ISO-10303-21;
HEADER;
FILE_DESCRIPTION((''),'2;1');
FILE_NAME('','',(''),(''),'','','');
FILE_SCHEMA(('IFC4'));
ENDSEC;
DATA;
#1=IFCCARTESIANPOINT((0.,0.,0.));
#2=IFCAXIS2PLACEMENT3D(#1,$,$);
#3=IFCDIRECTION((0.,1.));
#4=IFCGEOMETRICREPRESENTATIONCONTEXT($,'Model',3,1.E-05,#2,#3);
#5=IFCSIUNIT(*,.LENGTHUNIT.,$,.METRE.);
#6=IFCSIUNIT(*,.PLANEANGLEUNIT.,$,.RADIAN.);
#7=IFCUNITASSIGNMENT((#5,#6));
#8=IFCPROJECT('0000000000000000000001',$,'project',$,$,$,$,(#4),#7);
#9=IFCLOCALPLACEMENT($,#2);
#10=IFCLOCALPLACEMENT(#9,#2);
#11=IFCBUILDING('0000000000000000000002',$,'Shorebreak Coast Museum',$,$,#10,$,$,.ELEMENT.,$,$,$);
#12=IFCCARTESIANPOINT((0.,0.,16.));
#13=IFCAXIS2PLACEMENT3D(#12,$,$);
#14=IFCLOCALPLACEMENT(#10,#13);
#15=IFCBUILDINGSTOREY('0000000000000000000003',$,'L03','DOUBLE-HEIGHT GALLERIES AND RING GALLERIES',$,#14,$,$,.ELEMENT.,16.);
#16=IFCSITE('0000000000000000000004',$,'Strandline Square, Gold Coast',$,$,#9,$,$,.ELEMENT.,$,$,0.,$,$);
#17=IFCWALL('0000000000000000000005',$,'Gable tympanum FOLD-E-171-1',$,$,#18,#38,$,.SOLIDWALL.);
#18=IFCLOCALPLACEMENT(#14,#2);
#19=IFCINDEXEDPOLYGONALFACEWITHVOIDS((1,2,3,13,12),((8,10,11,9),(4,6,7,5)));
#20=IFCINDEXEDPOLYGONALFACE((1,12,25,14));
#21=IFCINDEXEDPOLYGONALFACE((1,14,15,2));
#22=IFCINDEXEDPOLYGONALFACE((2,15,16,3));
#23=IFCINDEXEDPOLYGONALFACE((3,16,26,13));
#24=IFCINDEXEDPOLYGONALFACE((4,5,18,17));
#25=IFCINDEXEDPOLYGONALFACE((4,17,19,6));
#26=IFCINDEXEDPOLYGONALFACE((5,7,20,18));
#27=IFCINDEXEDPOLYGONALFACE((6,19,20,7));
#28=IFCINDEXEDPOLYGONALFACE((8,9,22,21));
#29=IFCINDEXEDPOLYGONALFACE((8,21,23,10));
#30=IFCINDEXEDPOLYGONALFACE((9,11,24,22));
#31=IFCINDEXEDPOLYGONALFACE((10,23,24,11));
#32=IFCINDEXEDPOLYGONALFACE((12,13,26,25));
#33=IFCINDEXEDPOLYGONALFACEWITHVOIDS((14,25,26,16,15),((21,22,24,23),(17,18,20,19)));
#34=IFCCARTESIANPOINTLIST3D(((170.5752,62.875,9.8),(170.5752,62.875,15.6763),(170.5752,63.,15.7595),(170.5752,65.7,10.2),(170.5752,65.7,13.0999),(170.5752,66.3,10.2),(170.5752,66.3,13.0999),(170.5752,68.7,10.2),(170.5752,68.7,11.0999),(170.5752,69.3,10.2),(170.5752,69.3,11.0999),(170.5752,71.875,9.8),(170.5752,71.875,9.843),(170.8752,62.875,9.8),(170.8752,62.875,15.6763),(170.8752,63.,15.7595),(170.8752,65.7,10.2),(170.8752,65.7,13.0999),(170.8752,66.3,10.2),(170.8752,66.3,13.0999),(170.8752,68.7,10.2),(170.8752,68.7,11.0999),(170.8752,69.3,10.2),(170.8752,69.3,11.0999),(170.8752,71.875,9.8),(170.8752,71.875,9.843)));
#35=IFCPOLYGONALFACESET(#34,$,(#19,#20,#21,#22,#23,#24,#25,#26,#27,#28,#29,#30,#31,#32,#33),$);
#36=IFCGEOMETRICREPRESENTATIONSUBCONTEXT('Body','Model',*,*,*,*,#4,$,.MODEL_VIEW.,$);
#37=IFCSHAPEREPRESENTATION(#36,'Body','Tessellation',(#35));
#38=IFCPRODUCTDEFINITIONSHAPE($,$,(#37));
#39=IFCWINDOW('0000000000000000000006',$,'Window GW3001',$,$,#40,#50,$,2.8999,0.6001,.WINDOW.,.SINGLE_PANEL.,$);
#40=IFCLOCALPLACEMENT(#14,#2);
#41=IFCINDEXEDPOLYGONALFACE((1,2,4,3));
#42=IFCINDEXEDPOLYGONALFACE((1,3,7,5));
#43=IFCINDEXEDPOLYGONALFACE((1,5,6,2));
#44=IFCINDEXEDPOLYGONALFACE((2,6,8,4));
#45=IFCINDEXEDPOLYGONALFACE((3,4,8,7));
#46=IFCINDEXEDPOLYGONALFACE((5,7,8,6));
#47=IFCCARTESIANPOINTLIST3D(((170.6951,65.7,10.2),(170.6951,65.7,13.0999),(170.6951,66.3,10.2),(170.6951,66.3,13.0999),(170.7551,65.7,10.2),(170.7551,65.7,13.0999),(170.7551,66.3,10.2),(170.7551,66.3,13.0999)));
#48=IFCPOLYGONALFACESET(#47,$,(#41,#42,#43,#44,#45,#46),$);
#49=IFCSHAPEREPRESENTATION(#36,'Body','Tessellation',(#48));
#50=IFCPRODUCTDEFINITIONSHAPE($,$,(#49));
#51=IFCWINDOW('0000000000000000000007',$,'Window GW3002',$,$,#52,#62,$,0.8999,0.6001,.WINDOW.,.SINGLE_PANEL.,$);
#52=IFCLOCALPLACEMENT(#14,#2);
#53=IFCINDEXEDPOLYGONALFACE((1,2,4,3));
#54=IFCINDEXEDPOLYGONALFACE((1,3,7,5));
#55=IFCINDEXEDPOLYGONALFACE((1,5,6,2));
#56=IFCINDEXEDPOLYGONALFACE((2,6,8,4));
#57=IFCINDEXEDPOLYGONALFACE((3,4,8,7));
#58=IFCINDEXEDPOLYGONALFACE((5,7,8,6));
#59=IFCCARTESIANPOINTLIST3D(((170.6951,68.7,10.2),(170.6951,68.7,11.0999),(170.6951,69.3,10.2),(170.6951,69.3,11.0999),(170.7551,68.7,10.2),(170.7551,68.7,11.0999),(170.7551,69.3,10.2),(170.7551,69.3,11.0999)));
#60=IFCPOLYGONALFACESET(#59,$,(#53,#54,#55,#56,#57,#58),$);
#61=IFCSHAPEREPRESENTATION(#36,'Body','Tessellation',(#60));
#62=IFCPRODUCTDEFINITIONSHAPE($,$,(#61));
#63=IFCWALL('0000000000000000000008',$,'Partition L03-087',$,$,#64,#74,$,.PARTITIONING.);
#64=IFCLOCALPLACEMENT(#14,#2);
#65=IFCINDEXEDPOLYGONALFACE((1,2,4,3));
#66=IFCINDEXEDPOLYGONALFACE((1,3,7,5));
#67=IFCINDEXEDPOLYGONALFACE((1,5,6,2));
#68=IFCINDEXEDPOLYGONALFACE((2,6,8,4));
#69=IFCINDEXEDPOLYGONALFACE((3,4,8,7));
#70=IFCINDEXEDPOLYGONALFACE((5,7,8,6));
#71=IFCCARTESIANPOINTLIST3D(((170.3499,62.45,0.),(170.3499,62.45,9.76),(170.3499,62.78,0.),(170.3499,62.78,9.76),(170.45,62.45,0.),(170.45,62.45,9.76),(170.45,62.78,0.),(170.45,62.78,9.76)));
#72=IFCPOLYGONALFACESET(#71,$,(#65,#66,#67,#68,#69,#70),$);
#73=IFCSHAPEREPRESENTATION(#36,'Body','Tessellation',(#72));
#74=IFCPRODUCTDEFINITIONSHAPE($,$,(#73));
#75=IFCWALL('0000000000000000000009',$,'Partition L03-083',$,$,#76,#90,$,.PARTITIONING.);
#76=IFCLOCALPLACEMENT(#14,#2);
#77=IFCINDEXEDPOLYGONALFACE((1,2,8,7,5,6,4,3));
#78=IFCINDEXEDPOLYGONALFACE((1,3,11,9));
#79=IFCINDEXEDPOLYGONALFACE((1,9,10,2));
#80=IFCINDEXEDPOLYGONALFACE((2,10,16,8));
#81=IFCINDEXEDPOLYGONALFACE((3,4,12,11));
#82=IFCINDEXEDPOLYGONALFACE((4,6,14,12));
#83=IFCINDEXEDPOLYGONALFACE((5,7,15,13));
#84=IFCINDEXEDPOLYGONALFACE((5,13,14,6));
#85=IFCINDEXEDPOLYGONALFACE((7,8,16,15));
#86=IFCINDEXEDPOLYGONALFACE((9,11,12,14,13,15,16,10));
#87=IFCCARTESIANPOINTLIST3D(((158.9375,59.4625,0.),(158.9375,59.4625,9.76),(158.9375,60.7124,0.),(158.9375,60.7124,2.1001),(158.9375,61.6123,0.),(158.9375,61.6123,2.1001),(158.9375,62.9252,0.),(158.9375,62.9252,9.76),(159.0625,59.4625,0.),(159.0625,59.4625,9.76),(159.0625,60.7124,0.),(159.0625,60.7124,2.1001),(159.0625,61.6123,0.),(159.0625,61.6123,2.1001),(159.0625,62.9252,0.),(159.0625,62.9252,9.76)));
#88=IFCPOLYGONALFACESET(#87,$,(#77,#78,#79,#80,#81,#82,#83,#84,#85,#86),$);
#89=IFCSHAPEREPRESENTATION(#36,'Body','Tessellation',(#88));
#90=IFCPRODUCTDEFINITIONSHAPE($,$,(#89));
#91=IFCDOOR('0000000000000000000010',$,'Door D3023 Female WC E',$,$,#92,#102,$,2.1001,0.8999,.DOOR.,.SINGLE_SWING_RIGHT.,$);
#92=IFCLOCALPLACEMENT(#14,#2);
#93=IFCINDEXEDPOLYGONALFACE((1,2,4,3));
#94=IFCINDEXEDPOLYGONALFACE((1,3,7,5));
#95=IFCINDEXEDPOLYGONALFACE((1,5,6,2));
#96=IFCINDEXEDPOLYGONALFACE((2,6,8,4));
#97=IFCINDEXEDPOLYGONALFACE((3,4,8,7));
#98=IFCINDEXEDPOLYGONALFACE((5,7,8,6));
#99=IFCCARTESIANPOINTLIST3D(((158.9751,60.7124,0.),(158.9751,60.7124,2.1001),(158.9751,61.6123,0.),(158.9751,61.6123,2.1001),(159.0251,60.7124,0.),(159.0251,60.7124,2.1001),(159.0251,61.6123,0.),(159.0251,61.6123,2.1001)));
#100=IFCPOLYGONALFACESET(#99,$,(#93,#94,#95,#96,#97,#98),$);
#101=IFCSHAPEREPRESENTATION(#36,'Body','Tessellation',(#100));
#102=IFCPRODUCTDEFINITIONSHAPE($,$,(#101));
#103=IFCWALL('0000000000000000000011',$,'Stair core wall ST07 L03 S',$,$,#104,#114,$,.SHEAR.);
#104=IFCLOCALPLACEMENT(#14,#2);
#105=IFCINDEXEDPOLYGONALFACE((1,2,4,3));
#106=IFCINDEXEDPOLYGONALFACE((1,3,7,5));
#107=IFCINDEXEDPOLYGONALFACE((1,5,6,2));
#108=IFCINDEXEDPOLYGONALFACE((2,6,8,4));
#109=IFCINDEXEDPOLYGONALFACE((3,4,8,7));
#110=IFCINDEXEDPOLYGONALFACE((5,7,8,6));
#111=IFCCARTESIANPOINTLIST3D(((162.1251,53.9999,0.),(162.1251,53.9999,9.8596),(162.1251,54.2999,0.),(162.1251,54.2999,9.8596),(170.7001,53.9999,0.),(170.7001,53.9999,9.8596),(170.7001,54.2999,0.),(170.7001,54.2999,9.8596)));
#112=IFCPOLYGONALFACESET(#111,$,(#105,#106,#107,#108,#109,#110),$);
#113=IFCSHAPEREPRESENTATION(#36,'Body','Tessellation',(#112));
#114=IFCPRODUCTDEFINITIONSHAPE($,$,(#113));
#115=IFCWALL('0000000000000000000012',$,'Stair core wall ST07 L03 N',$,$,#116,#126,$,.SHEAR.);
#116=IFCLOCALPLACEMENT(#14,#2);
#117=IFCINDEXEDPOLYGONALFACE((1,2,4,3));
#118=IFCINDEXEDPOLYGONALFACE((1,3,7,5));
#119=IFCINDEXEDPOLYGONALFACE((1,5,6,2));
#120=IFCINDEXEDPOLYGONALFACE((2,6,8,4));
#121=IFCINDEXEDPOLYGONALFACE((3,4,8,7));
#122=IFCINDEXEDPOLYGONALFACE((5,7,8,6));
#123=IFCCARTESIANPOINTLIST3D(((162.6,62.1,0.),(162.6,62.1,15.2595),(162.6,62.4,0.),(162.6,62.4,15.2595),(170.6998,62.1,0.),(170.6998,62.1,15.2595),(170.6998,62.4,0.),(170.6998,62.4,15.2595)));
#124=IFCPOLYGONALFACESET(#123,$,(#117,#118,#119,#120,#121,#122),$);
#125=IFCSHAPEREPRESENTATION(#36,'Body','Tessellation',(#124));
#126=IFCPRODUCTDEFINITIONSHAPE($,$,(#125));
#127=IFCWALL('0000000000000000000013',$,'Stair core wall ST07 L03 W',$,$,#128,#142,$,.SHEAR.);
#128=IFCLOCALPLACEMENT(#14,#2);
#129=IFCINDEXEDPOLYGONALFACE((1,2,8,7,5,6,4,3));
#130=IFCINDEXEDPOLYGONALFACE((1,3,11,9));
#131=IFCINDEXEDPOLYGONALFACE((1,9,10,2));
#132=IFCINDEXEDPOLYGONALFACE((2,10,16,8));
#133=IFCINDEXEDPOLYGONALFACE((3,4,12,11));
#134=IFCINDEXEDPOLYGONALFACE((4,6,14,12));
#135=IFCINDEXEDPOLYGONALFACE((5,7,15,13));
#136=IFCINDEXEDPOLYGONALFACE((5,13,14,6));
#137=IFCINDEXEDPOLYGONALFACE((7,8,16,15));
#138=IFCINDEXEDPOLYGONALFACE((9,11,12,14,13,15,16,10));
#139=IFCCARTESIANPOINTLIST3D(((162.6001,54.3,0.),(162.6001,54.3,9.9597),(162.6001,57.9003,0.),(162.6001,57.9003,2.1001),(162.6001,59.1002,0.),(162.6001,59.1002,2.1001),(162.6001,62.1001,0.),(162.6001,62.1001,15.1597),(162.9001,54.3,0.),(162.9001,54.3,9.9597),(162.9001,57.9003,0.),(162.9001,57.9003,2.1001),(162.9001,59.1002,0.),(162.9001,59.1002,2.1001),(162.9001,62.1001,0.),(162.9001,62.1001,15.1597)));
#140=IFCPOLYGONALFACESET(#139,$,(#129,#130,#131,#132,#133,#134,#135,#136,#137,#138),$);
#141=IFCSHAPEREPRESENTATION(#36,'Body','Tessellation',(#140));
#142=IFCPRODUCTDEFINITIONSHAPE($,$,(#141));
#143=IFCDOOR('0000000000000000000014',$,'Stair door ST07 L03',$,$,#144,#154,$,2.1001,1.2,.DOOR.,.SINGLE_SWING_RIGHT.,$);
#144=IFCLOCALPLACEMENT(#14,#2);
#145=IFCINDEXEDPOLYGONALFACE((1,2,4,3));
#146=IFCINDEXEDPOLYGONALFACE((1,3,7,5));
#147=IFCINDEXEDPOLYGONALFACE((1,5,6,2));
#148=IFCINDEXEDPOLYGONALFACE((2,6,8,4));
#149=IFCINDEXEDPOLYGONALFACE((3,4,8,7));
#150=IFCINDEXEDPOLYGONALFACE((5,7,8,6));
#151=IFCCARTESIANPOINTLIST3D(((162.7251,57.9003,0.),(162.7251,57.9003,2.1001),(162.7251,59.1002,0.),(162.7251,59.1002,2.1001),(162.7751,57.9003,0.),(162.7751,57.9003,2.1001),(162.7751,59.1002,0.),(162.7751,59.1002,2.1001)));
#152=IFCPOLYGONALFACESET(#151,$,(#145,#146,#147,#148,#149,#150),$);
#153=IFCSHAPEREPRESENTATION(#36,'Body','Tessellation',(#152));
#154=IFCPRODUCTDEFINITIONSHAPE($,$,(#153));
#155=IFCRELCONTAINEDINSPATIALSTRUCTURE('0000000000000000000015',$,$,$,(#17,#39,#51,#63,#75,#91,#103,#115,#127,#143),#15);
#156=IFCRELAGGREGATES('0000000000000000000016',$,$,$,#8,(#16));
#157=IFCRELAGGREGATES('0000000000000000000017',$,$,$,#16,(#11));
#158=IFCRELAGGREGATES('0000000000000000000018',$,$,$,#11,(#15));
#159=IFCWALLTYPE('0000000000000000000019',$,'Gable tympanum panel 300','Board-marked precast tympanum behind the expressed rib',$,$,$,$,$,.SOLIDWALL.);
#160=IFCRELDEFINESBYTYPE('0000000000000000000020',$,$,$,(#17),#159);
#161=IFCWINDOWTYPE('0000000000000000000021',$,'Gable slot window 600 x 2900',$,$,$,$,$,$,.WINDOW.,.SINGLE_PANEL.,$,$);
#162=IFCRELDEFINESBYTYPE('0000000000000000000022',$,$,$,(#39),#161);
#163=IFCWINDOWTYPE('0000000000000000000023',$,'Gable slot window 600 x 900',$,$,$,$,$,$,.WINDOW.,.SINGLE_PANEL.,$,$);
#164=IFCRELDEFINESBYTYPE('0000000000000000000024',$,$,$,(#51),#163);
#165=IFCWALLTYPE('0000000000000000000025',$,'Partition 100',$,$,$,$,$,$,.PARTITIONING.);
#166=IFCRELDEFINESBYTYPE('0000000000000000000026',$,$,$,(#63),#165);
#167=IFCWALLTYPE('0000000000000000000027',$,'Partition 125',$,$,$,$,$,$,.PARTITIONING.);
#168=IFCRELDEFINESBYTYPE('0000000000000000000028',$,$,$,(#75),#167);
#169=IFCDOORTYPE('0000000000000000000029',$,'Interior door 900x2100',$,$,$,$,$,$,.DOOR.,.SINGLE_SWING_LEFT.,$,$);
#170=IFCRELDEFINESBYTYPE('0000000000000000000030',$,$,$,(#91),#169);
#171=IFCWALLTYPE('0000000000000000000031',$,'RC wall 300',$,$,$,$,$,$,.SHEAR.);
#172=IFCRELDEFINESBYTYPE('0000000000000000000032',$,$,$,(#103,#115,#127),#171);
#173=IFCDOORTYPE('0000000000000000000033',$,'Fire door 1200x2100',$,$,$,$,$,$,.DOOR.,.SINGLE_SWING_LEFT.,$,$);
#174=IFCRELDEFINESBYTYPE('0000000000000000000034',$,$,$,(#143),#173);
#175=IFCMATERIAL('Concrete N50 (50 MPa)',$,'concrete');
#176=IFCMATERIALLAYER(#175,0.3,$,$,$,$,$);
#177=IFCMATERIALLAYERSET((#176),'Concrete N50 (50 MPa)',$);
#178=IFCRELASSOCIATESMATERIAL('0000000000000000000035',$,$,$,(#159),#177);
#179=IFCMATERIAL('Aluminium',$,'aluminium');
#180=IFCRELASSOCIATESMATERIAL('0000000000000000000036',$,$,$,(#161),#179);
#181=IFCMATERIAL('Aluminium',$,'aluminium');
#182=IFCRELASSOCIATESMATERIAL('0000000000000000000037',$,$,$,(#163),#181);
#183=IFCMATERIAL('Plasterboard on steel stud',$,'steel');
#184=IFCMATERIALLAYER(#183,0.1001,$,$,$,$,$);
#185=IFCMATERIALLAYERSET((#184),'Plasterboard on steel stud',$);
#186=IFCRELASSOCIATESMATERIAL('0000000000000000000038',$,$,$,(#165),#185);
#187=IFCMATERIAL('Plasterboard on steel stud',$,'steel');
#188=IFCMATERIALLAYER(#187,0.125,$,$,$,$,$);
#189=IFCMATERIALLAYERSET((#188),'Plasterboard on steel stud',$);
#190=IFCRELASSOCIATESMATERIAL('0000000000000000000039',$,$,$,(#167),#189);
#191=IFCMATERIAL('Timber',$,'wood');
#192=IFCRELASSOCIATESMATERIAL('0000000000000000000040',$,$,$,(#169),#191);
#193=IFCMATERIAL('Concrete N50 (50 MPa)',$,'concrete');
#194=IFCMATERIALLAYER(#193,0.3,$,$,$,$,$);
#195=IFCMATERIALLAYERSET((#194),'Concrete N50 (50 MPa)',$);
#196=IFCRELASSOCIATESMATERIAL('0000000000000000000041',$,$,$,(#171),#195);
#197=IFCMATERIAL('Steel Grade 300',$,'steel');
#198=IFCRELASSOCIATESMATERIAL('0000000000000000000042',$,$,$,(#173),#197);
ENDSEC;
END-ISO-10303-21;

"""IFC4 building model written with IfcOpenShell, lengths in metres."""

from ifc_helpers import new_model, si_unit, direction, frame, frame_2d, origin, place, context, subcontext, project, spatial, polyline, rectangle, outline, extrude, material, layer, layer_set, type_object, element, fill, save


model = new_model("IFC4")

# Units and contexts
model_context = context("Model", 3, precision=1e-05, world=origin(), true_north=direction((0.0, 1.0)))
body_context = subcontext(model_context, "Body", "Model", "MODEL_VIEW")
ifc_project = project(units=[si_unit("LENGTHUNIT", "METRE"), si_unit("PLANEANGLEUNIT", "RADIAN")], contexts=[model_context])

# Site, building, storey
site_placement = place(None, origin())
site = spatial("IfcSite", under=ifc_project, at=site_placement, Name="Strandline Square, Gold Coast", CompositionType="ELEMENT", RefElevation=0.0)
building_placement = place(site_placement, origin())
building = spatial("IfcBuilding", under=site, at=building_placement, Name="Shorebreak Coast Museum", CompositionType="ELEMENT")
storey_placement = place(building_placement, frame((0.0, 0.0, 16.0)))
storey = spatial("IfcBuildingStorey", under=building, at=storey_placement, Name="L03", Description="DOUBLE-HEIGHT GALLERIES AND RING GALLERIES", CompositionType="ELEMENT", Elevation=16.0)

# Wall, openings, windows
ifc_material_1 = material(Name="Concrete N50 (50 MPa)", Category="concrete")
ifc_layer_1 = layer(ifc_material_1, 0.3)
ifc_layer_set_1 = layer_set([ifc_layer_1], Name="Concrete N50 (50 MPa)")
wall_type_1 = type_object("IfcWallType", Name="Gable tympanum panel 300", Description="Board-marked precast tympanum behind the expressed rib", PredefinedType="SOLIDWALL", material=ifc_layer_set_1)
wall_1_placement = place(storey_placement, frame((170.7251, 62.875, 9.8), z_axis=(0.0, 0.0, 1.0), x_axis=(0.0, 1.0, 0.0)))
wall_1 = element("IfcWall", 1, at=wall_1_placement, inside=storey, type_object=wall_type_1, Name="Gable tympanum FOLD-E-171-1", PredefinedType="SOLIDWALL", context=body_context, shape_type="SweptSolid", body=[
    extrude(outline(polyline([(0.0, 0.0), (9.0, 0.0), (9.0, 0.043), (0.125, 5.9595), (0.0, 5.8762), (0.0, 0.0)])), frame((0.0, 0.1499, 0.0), z_axis=(0.0, -1.0, 0.0), x_axis=(1.0, 0.0, 0.0)), (0.0, 0.0, 1.0), 0.3),
])
opening_1_placement = place(wall_1_placement, frame((2.825, 0.0, 0.3999)))
opening_1 = element("IfcOpeningElement", 2, at=opening_1_placement, cuts=wall_1, PredefinedType="OPENING", context=body_context, shape_type="SweptSolid", body=[
    extrude(rectangle(XDim=0.6001, YDim=2.8999, at=frame_2d((0.3, 1.45))), frame((0.0, 0.1599, 0.0), z_axis=(0.0, -1.0, 0.0), x_axis=(1.0, 0.0, 0.0)), (0.0, 0.0, 1.0), 0.3201),
])
opening_2_placement = place(wall_1_placement, frame((5.825, 0.0, 0.3999)))
opening_2 = element("IfcOpeningElement", 3, at=opening_2_placement, cuts=wall_1, PredefinedType="OPENING", context=body_context, shape_type="SweptSolid", body=[
    extrude(rectangle(XDim=0.6001, YDim=0.8999, at=frame_2d((0.3, 0.45))), frame((0.0, 0.1599, 0.0), z_axis=(0.0, -1.0, 0.0), x_axis=(1.0, 0.0, 0.0)), (0.0, 0.0, 1.0), 0.3201),
])
ifc_material_2 = material(Name="Aluminium", Category="aluminium")
window_type_1 = type_object("IfcWindowType", Name="Gable slot window 600 x 2900", PartitioningType="SINGLE_PANEL", PredefinedType="WINDOW", material=ifc_material_2)
window_1_placement = place(opening_1_placement, origin())
window_1 = element("IfcWindow", 4, at=window_1_placement, inside=storey, type_object=window_type_1, Name="Window GW3001", OverallHeight=2.8999, OverallWidth=0.6001, PartitioningType="SINGLE_PANEL", PredefinedType="WINDOW", context=body_context, shape_type="SweptSolid", body=[
    extrude(rectangle(XDim=0.6001, YDim=2.8999, at=frame_2d((0.3, 1.45))), frame((0.0, 0.03, 0.0), z_axis=(0.0, -1.0, 0.0), x_axis=(1.0, 0.0, 0.0)), (0.0, 0.0, 1.0), 0.0601),
])
fill(opening_1, window_1)
ifc_material_3 = material(Name="Aluminium", Category="aluminium")
window_type_2 = type_object("IfcWindowType", Name="Gable slot window 600 x 900", PartitioningType="SINGLE_PANEL", PredefinedType="WINDOW", material=ifc_material_3)
window_2_placement = place(opening_2_placement, origin())
window_2 = element("IfcWindow", 5, at=window_2_placement, inside=storey, type_object=window_type_2, Name="Window GW3002", OverallHeight=0.8999, OverallWidth=0.6001, PartitioningType="SINGLE_PANEL", PredefinedType="WINDOW", context=body_context, shape_type="SweptSolid", body=[
    extrude(rectangle(XDim=0.6001, YDim=0.8999, at=frame_2d((0.3, 0.45))), frame((0.0, 0.03, 0.0), z_axis=(0.0, -1.0, 0.0), x_axis=(1.0, 0.0, 0.0)), (0.0, 0.0, 1.0), 0.0601),
])
fill(opening_2, window_2)

# Wall
ifc_material_4 = material(Name="Plasterboard on steel stud", Category="steel")
ifc_layer_2 = layer(ifc_material_4, 0.1001)
ifc_layer_set_2 = layer_set([ifc_layer_2], Name="Plasterboard on steel stud")
wall_type_2 = type_object("IfcWallType", Name="Partition 100", PredefinedType="PARTITIONING", material=ifc_layer_set_2)
wall_2_placement = place(storey_placement, frame((170.3999, 62.45, 0.0), z_axis=(0.0, 0.0, 1.0), x_axis=(0.0, 1.0, 0.0)))
element("IfcWall", 6, at=wall_2_placement, inside=storey, type_object=wall_type_2, Name="Partition L03-087", PredefinedType="PARTITIONING", context=body_context, shape_type="SweptSolid", body=[
    extrude(rectangle(XDim=0.3301, YDim=0.1001, at=frame_2d((0.165, 0.0))), origin(), (0.0, 0.0, 1.0), 9.76),
])

# Wall, opening, door
ifc_material_5 = material(Name="Plasterboard on steel stud", Category="steel")
ifc_layer_3 = layer(ifc_material_5, 0.125)
ifc_layer_set_3 = layer_set([ifc_layer_3], Name="Plasterboard on steel stud")
wall_type_3 = type_object("IfcWallType", Name="Partition 125", PredefinedType="PARTITIONING", material=ifc_layer_set_3)
wall_3_placement = place(storey_placement, frame((159.0, 59.4624, 0.0), z_axis=(0.0, 0.0, 1.0), x_axis=(0.0, 1.0, 0.0)))
wall_3 = element("IfcWall", 7, at=wall_3_placement, inside=storey, type_object=wall_type_3, Name="Partition L03-083", PredefinedType="PARTITIONING", context=body_context, shape_type="SweptSolid", body=[
    extrude(rectangle(XDim=3.4626, YDim=0.125, at=frame_2d((1.7314, 0.0))), origin(), (0.0, 0.0, 1.0), 9.76),
])
opening_3_placement = place(wall_3_placement, frame((1.25, 0.0, 0.0)))
opening_3 = element("IfcOpeningElement", 8, at=opening_3_placement, cuts=wall_3, PredefinedType="OPENING", context=body_context, shape_type="SweptSolid", body=[
    extrude(rectangle(XDim=0.8999, YDim=2.1001, at=frame_2d((0.45, 1.05))), frame((0.0, 0.0725, 0.0), z_axis=(0.0, -1.0, 0.0), x_axis=(1.0, 0.0, 0.0)), (0.0, 0.0, 1.0), 0.145),
])
ifc_material_6 = material(Name="Timber", Category="wood")
door_type_1 = type_object("IfcDoorType", Name="Interior door 900x2100", OperationType="SINGLE_SWING_LEFT", PredefinedType="DOOR", material=ifc_material_6)
door_1_placement = place(opening_3_placement, origin())
door_1 = element("IfcDoor", 9, at=door_1_placement, inside=storey, type_object=door_type_1, Name="Door D3023 Female WC E", OperationType="SINGLE_SWING_RIGHT", OverallHeight=2.1001, OverallWidth=0.8999, PredefinedType="DOOR", context=body_context, shape_type="SweptSolid", body=[
    extrude(rectangle(XDim=0.8999, YDim=2.1001, at=frame_2d((0.45, 1.05))), frame((0.0, 0.0249, 0.0), z_axis=(0.0, -1.0, 0.0), x_axis=(1.0, 0.0, 0.0)), (0.0, 0.0, 1.0), 0.05),
])
fill(opening_3, door_1)

# Walls
ifc_material_7 = material(Name="Concrete N50 (50 MPa)", Category="concrete")
ifc_layer_4 = layer(ifc_material_7, 0.3)
ifc_layer_set_4 = layer_set([ifc_layer_4], Name="Concrete N50 (50 MPa)")
wall_type_4 = type_object("IfcWallType", Name="RC wall 300", PredefinedType="SHEAR", material=ifc_layer_set_4)
wall_4_placement = place(storey_placement, frame((162.125, 54.1499, 0.0), z_axis=(0.0, 0.0, 1.0), x_axis=(1.0, 0.0, 0.0)))
element("IfcWall", 10, at=wall_4_placement, inside=storey, type_object=wall_type_4, Name="Stair core wall ST07 L03 S", PredefinedType="SHEAR", context=body_context, shape_type="SweptSolid", body=[
    extrude(rectangle(XDim=8.575, YDim=0.3, at=frame_2d((4.2876, 0.0))), origin(), (0.0, 0.0, 1.0), 9.8596),
])
wall_5_placement = place(storey_placement, frame((162.6001, 62.25, 0.0), z_axis=(0.0, 0.0, 1.0), x_axis=(1.0, 0.0, 0.0)))
element("IfcWall", 11, at=wall_5_placement, inside=storey, type_object=wall_type_4, Name="Stair core wall ST07 L03 N", PredefinedType="SHEAR", context=body_context, shape_type="SweptSolid", body=[
    extrude(rectangle(XDim=8.0999, YDim=0.3, at=frame_2d((4.0498, 0.0))), origin(), (0.0, 0.0, 1.0), 15.2595),
])

# Wall, opening, door
wall_6_placement = place(storey_placement, frame((162.75, 54.3, 0.0), z_axis=(0.0, 0.0, 1.0), x_axis=(0.0, 1.0, 0.0)))
wall_6 = element("IfcWall", 12, at=wall_6_placement, inside=storey, type_object=wall_type_4, Name="Stair core wall ST07 L03 W", PredefinedType="SHEAR", context=body_context, shape_type="SweptSolid", body=[
    extrude(outline(polyline([(0.0, 0.0), (7.8, 0.0), (7.8, 15.1597), (0.0, 9.9597), (0.0, 0.0)])), frame((0.0, 0.1499, 0.0), z_axis=(0.0, -1.0, 0.0), x_axis=(1.0, 0.0, 0.0)), (0.0, 0.0, 1.0), 0.3),
])
opening_4_placement = place(wall_6_placement, frame((3.6001, 0.0, 0.0)))
opening_4 = element("IfcOpeningElement", 13, at=opening_4_placement, cuts=wall_6, PredefinedType="OPENING", context=body_context, shape_type="SweptSolid", body=[
    extrude(rectangle(XDim=1.2, YDim=2.1001, at=frame_2d((0.6001, 1.05))), frame((0.0, 0.1599, 0.0), z_axis=(0.0, -1.0, 0.0), x_axis=(1.0, 0.0, 0.0)), (0.0, 0.0, 1.0), 0.3201),
])
ifc_material_8 = material(Name="Steel Grade 300", Category="steel")
door_type_2 = type_object("IfcDoorType", Name="Fire door 1200x2100", OperationType="SINGLE_SWING_LEFT", PredefinedType="DOOR", material=ifc_material_8)
door_2_placement = place(opening_4_placement, origin())
door_2 = element("IfcDoor", 14, at=door_2_placement, inside=storey, type_object=door_type_2, Name="Stair door ST07 L03", OperationType="SINGLE_SWING_RIGHT", OverallHeight=2.1001, OverallWidth=1.2, PredefinedType="DOOR", context=body_context, shape_type="SweptSolid", body=[
    extrude(rectangle(XDim=1.2, YDim=2.1001, at=frame_2d((0.6001, 1.05))), frame((0.0, 0.0249, 0.0), z_axis=(0.0, -1.0, 0.0), x_axis=(1.0, 0.0, 0.0)), (0.0, 0.0, 1.0), 0.05),
])
fill(opening_4, door_2)

save(model, "model.ifc")
